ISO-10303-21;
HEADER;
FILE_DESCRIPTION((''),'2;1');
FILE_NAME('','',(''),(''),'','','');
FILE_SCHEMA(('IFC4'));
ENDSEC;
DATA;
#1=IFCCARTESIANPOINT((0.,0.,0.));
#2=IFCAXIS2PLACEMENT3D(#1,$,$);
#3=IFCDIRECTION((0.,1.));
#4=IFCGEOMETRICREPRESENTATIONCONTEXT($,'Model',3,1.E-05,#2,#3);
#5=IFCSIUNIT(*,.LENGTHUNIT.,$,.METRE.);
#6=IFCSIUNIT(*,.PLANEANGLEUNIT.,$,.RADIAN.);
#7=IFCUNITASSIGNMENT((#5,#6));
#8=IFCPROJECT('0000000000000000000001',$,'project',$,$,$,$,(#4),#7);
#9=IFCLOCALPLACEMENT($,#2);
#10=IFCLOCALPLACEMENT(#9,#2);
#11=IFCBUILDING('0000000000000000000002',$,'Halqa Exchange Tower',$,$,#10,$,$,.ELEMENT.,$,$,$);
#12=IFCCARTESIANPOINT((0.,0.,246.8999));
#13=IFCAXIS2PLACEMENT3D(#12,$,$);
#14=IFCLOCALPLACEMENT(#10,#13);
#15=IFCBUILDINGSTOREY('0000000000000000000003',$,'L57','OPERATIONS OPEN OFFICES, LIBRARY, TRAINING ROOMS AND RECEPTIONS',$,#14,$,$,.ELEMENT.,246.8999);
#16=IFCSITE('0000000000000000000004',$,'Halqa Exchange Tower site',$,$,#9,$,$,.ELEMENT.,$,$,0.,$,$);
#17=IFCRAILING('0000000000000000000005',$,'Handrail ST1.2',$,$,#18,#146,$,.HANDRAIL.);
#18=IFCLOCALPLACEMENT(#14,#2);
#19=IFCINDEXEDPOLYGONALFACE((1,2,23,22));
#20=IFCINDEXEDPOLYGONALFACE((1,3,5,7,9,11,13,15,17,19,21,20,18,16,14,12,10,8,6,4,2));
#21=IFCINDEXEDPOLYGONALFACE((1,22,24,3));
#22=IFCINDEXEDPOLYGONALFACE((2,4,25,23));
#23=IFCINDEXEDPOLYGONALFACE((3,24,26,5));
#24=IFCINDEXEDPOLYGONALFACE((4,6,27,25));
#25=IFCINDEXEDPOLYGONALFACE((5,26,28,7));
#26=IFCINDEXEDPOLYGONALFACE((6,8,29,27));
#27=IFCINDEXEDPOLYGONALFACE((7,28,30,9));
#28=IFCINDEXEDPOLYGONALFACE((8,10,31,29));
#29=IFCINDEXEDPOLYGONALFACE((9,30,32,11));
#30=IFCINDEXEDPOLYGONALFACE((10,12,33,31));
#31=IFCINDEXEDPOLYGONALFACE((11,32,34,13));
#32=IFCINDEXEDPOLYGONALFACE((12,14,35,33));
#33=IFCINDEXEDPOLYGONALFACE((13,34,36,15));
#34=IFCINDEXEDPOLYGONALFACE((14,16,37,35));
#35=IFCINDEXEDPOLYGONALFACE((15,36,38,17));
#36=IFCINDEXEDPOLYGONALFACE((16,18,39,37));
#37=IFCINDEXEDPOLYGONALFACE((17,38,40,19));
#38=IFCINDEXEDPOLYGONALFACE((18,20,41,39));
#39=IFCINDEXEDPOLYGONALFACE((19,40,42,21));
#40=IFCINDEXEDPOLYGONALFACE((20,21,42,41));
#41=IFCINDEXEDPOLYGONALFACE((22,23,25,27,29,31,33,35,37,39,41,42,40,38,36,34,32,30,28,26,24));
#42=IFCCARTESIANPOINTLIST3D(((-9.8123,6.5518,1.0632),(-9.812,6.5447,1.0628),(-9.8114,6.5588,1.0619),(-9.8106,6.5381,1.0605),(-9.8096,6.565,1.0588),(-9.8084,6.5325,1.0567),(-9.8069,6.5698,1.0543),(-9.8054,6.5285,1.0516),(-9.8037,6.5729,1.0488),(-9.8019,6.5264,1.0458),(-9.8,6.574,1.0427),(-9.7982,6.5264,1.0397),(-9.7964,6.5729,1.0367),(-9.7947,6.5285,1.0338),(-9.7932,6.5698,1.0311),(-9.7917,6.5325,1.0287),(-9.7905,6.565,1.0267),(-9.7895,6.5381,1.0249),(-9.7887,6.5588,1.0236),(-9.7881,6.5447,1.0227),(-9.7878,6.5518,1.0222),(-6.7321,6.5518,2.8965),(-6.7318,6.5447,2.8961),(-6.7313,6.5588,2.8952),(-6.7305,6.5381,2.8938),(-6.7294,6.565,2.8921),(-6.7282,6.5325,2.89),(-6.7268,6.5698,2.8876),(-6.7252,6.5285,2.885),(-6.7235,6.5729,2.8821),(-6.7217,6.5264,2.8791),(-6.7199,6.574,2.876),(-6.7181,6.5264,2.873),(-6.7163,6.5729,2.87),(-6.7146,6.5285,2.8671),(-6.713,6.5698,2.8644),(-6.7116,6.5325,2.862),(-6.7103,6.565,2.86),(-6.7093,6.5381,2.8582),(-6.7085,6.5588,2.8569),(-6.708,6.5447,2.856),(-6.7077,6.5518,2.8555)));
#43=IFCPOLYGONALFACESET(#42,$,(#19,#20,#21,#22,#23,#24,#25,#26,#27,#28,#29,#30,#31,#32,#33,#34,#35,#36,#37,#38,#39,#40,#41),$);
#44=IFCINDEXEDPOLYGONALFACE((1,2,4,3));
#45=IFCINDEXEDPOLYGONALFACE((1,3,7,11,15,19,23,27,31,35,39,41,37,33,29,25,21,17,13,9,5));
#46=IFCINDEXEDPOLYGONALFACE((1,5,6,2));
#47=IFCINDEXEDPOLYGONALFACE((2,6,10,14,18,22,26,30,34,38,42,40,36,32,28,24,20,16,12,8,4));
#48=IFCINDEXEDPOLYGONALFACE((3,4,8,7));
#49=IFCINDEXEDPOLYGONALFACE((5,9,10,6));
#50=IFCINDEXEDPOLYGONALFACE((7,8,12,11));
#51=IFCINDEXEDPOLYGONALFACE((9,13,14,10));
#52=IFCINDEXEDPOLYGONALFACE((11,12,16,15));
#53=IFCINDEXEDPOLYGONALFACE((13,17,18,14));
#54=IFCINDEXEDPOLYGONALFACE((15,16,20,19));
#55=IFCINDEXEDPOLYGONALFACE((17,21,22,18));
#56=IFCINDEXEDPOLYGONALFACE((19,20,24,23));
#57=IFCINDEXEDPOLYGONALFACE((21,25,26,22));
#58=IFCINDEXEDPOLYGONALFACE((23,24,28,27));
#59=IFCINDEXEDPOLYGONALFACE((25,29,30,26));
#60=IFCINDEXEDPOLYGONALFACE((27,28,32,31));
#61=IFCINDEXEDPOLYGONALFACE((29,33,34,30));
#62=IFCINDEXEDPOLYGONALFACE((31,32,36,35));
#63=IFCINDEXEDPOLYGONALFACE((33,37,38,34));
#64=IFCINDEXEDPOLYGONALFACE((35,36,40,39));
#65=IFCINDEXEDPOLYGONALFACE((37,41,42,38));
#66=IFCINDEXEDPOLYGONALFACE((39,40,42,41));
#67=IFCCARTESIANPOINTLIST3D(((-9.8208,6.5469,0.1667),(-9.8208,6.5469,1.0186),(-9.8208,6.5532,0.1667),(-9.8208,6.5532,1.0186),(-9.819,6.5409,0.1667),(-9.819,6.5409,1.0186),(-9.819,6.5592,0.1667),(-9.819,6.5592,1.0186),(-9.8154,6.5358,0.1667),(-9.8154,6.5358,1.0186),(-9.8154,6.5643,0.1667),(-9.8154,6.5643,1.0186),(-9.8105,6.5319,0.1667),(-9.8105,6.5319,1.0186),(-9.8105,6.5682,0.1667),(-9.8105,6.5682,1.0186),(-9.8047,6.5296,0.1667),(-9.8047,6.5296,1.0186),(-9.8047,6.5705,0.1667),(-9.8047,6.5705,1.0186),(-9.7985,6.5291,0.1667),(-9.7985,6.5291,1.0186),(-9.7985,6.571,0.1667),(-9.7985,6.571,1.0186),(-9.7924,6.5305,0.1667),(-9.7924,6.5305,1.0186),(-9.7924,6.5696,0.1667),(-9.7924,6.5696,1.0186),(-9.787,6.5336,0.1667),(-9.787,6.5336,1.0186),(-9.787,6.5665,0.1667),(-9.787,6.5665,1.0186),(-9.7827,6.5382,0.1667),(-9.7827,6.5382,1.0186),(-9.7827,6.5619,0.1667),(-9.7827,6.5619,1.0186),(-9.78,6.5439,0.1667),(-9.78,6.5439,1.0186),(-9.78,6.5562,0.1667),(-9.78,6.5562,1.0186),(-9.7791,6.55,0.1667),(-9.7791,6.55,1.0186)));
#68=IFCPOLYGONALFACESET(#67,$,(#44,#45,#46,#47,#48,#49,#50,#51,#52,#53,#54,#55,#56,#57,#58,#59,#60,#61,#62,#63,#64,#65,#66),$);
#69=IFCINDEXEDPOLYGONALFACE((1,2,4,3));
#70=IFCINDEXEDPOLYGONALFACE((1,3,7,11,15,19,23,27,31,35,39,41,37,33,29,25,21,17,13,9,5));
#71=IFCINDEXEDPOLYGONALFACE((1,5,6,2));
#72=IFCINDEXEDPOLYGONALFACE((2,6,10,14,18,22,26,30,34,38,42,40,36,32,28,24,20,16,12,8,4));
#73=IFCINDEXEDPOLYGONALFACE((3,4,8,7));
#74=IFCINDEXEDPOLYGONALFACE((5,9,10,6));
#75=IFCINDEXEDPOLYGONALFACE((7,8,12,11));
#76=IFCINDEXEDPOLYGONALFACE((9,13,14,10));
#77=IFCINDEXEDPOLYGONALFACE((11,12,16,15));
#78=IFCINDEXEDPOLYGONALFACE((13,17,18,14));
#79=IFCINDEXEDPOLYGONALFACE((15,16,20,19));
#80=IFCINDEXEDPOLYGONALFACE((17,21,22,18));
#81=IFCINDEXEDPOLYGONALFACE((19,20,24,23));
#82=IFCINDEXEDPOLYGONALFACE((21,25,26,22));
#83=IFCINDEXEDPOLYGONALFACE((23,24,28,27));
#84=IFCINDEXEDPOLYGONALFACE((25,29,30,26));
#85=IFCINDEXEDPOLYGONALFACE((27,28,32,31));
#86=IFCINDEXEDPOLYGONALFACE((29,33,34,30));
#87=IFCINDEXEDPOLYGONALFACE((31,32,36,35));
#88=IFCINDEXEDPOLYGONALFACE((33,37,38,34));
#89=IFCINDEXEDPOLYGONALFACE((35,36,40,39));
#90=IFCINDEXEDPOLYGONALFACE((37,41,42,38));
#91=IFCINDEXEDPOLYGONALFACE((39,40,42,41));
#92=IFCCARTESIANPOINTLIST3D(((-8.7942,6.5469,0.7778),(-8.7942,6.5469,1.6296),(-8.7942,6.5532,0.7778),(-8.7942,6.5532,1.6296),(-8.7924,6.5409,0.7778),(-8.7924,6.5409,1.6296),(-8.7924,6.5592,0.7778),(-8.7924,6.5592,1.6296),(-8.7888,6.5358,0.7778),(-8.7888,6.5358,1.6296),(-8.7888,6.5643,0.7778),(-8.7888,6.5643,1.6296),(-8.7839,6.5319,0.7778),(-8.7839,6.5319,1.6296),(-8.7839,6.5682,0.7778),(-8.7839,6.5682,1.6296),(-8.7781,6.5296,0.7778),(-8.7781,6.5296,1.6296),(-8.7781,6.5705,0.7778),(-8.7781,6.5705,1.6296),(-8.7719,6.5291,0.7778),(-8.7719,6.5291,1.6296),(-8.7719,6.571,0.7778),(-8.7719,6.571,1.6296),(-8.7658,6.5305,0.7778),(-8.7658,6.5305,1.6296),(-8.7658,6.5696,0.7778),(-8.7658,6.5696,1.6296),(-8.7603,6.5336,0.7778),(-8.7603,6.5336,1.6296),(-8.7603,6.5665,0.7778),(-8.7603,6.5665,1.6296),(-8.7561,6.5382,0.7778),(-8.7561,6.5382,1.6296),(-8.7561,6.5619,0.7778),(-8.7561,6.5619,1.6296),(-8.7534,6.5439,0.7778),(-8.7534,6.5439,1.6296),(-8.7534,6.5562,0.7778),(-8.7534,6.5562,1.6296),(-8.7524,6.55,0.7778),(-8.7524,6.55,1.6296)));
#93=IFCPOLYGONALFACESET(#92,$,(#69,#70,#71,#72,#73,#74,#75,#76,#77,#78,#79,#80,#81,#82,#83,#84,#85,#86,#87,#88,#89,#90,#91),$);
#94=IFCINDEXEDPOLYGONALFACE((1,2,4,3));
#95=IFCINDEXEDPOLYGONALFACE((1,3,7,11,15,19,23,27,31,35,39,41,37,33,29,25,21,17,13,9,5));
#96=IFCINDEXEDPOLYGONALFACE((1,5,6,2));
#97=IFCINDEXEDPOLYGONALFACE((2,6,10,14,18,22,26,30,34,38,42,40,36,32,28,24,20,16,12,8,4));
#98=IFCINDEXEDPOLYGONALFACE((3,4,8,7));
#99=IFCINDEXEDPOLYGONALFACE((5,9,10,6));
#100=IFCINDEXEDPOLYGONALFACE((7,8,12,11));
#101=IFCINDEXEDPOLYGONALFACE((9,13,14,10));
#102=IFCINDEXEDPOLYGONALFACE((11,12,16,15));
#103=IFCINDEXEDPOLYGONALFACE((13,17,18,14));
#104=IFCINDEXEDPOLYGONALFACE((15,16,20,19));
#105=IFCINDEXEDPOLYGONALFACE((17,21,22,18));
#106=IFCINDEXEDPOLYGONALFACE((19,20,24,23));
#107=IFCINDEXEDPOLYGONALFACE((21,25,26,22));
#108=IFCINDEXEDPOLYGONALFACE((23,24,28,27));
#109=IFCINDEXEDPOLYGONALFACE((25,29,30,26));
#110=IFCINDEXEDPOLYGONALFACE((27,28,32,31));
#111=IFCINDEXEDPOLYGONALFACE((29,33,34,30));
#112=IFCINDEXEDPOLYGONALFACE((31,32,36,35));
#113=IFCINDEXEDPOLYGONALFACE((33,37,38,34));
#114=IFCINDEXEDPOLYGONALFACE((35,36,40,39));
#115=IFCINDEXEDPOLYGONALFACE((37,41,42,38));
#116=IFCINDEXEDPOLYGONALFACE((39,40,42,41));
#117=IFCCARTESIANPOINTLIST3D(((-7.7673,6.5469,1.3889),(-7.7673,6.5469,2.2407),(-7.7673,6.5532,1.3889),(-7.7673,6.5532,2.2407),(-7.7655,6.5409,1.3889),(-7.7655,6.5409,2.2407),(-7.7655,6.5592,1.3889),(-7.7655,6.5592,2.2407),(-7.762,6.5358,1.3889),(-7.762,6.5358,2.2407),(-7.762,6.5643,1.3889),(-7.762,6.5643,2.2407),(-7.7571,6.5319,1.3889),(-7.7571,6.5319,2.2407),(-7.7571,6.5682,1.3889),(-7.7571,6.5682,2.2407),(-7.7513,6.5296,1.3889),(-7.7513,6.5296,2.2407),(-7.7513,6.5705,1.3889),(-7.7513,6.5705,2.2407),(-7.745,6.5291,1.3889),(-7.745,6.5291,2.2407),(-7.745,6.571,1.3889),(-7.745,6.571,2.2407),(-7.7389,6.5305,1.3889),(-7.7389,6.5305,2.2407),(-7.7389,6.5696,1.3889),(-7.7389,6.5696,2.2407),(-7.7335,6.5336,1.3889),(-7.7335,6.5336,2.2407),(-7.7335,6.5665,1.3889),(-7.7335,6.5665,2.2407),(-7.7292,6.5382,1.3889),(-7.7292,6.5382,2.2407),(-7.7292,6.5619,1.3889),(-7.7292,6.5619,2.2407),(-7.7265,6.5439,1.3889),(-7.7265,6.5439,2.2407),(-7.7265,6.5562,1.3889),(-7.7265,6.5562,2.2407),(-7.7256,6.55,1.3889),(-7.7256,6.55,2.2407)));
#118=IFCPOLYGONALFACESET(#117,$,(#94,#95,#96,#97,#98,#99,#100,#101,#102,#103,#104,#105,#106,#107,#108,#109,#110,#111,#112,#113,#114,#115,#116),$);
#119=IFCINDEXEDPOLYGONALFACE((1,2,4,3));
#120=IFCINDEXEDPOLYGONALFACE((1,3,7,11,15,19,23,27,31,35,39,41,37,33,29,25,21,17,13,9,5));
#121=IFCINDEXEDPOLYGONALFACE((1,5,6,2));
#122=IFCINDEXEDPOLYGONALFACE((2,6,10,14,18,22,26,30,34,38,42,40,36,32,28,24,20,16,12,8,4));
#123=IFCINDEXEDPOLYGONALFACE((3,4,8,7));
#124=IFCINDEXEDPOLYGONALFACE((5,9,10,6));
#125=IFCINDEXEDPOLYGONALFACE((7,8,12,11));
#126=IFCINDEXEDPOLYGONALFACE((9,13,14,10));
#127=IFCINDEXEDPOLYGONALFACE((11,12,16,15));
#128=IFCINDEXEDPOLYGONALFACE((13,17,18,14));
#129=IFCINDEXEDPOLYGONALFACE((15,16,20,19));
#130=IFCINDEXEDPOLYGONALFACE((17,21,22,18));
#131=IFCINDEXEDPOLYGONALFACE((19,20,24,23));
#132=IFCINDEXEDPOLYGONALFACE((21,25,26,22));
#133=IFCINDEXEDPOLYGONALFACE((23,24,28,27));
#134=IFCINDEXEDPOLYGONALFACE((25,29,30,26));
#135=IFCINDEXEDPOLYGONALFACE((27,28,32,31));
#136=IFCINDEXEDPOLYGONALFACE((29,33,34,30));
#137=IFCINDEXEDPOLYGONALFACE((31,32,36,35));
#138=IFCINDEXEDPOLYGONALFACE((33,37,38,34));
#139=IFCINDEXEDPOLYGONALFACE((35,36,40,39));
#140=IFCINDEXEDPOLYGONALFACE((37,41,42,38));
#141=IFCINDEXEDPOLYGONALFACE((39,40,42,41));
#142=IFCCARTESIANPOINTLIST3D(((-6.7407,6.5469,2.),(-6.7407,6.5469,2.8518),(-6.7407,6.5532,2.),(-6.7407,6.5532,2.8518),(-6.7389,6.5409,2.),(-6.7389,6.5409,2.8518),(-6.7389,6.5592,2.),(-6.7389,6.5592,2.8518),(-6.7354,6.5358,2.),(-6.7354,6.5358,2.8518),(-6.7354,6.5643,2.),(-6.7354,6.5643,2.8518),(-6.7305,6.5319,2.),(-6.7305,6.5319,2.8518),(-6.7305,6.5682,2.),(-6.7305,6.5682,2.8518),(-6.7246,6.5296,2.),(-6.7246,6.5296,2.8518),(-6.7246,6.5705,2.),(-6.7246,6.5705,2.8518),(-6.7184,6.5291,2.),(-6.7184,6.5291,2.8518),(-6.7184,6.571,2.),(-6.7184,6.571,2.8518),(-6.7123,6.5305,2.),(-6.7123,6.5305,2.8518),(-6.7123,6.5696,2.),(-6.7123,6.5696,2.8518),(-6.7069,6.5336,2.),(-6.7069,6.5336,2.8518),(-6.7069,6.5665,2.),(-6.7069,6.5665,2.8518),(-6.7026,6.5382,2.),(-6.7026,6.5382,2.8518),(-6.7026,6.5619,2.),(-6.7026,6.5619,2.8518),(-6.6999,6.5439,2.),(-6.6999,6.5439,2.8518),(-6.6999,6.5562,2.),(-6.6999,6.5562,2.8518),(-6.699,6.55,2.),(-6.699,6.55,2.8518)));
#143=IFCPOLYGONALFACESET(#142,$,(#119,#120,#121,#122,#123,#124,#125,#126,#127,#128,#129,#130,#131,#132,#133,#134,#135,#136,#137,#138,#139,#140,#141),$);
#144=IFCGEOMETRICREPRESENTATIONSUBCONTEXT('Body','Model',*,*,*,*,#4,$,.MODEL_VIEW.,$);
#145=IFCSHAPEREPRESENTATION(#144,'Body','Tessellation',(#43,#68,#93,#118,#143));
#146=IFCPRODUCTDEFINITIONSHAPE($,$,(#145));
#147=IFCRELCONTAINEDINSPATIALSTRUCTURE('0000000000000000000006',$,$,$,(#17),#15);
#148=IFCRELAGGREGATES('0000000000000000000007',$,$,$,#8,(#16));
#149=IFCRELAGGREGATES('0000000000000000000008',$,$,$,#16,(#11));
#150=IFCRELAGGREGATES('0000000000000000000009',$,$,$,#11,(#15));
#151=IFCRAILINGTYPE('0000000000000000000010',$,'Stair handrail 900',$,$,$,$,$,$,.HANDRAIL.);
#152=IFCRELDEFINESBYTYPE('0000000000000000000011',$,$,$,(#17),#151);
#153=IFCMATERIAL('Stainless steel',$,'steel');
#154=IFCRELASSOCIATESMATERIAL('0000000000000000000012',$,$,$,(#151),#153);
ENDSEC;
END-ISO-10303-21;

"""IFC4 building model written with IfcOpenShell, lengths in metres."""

from ifc_helpers import new_model, si_unit, direction, frame, origin, origin_2d, place, context, subcontext, project, spatial, circle, extrude, material, type_object, element, save


model = new_model("IFC4")

# Units and contexts
model_context = context("Model", 3, precision=1e-05, world=origin(), true_north=direction((0.0, 1.0)))
body_context = subcontext(model_context, "Body", "Model", "MODEL_VIEW")
ifc_project = project(units=[si_unit("LENGTHUNIT", "METRE"), si_unit("PLANEANGLEUNIT", "RADIAN")], contexts=[model_context])

# Site, building, storey
site_placement = place(None, origin())
site = spatial("IfcSite", under=ifc_project, at=site_placement, Name="Halqa Exchange Tower site", CompositionType="ELEMENT", RefElevation=0.0)
building_placement = place(site_placement, origin())
building = spatial("IfcBuilding", under=site, at=building_placement, Name="Halqa Exchange Tower", CompositionType="ELEMENT")
storey_placement = place(building_placement, frame((0.0, 0.0, 246.8999)))
storey = spatial("IfcBuildingStorey", under=building, at=storey_placement, Name="L57", Description="OPERATIONS OPEN OFFICES, LIBRARY, TRAINING ROOMS AND RECEPTIONS", CompositionType="ELEMENT", Elevation=246.8999)

# Shared definitions
ifc_material_1 = material(Name="Stainless steel", Category="steel")

# Railing
railing_type_1 = type_object("IfcRailingType", Name="Stair handrail 900", PredefinedType="HANDRAIL", material=ifc_material_1)
railing_1_placement = place(storey_placement, frame((-9.8, 6.55, 0.1667)))
element("IfcRailing", 1, at=railing_1_placement, inside=storey, type_object=railing_type_1, Name="Handrail ST1.2", PredefinedType="HANDRAIL", context=body_context, shape_type="SweptSolid", body=[
    extrude(circle(Radius=0.0239, at=origin_2d()), frame((0.0, 0.0, 0.876), z_axis=(0.859309, 0.0, 0.511458), x_axis=(0.0, 1.0, 0.0)), (0.0, 0.0, 1.0), 3.5845),
    extrude(circle(Radius=0.021, at=origin_2d()), origin(), (0.0, 0.0, 1.0), 0.8518),
    extrude(circle(Radius=0.021, at=origin_2d()), frame((1.0266, 0.0, 0.6111)), (0.0, 0.0, 1.0), 0.8518),
    extrude(circle(Radius=0.021, at=origin_2d()), frame((2.0535, 0.0, 1.2222)), (0.0, 0.0, 1.0), 0.8518),
    extrude(circle(Radius=0.021, at=origin_2d()), frame((3.0801, 0.0, 1.8333)), (0.0, 0.0, 1.0), 0.8518),
])

save(model, "model.ifc")
